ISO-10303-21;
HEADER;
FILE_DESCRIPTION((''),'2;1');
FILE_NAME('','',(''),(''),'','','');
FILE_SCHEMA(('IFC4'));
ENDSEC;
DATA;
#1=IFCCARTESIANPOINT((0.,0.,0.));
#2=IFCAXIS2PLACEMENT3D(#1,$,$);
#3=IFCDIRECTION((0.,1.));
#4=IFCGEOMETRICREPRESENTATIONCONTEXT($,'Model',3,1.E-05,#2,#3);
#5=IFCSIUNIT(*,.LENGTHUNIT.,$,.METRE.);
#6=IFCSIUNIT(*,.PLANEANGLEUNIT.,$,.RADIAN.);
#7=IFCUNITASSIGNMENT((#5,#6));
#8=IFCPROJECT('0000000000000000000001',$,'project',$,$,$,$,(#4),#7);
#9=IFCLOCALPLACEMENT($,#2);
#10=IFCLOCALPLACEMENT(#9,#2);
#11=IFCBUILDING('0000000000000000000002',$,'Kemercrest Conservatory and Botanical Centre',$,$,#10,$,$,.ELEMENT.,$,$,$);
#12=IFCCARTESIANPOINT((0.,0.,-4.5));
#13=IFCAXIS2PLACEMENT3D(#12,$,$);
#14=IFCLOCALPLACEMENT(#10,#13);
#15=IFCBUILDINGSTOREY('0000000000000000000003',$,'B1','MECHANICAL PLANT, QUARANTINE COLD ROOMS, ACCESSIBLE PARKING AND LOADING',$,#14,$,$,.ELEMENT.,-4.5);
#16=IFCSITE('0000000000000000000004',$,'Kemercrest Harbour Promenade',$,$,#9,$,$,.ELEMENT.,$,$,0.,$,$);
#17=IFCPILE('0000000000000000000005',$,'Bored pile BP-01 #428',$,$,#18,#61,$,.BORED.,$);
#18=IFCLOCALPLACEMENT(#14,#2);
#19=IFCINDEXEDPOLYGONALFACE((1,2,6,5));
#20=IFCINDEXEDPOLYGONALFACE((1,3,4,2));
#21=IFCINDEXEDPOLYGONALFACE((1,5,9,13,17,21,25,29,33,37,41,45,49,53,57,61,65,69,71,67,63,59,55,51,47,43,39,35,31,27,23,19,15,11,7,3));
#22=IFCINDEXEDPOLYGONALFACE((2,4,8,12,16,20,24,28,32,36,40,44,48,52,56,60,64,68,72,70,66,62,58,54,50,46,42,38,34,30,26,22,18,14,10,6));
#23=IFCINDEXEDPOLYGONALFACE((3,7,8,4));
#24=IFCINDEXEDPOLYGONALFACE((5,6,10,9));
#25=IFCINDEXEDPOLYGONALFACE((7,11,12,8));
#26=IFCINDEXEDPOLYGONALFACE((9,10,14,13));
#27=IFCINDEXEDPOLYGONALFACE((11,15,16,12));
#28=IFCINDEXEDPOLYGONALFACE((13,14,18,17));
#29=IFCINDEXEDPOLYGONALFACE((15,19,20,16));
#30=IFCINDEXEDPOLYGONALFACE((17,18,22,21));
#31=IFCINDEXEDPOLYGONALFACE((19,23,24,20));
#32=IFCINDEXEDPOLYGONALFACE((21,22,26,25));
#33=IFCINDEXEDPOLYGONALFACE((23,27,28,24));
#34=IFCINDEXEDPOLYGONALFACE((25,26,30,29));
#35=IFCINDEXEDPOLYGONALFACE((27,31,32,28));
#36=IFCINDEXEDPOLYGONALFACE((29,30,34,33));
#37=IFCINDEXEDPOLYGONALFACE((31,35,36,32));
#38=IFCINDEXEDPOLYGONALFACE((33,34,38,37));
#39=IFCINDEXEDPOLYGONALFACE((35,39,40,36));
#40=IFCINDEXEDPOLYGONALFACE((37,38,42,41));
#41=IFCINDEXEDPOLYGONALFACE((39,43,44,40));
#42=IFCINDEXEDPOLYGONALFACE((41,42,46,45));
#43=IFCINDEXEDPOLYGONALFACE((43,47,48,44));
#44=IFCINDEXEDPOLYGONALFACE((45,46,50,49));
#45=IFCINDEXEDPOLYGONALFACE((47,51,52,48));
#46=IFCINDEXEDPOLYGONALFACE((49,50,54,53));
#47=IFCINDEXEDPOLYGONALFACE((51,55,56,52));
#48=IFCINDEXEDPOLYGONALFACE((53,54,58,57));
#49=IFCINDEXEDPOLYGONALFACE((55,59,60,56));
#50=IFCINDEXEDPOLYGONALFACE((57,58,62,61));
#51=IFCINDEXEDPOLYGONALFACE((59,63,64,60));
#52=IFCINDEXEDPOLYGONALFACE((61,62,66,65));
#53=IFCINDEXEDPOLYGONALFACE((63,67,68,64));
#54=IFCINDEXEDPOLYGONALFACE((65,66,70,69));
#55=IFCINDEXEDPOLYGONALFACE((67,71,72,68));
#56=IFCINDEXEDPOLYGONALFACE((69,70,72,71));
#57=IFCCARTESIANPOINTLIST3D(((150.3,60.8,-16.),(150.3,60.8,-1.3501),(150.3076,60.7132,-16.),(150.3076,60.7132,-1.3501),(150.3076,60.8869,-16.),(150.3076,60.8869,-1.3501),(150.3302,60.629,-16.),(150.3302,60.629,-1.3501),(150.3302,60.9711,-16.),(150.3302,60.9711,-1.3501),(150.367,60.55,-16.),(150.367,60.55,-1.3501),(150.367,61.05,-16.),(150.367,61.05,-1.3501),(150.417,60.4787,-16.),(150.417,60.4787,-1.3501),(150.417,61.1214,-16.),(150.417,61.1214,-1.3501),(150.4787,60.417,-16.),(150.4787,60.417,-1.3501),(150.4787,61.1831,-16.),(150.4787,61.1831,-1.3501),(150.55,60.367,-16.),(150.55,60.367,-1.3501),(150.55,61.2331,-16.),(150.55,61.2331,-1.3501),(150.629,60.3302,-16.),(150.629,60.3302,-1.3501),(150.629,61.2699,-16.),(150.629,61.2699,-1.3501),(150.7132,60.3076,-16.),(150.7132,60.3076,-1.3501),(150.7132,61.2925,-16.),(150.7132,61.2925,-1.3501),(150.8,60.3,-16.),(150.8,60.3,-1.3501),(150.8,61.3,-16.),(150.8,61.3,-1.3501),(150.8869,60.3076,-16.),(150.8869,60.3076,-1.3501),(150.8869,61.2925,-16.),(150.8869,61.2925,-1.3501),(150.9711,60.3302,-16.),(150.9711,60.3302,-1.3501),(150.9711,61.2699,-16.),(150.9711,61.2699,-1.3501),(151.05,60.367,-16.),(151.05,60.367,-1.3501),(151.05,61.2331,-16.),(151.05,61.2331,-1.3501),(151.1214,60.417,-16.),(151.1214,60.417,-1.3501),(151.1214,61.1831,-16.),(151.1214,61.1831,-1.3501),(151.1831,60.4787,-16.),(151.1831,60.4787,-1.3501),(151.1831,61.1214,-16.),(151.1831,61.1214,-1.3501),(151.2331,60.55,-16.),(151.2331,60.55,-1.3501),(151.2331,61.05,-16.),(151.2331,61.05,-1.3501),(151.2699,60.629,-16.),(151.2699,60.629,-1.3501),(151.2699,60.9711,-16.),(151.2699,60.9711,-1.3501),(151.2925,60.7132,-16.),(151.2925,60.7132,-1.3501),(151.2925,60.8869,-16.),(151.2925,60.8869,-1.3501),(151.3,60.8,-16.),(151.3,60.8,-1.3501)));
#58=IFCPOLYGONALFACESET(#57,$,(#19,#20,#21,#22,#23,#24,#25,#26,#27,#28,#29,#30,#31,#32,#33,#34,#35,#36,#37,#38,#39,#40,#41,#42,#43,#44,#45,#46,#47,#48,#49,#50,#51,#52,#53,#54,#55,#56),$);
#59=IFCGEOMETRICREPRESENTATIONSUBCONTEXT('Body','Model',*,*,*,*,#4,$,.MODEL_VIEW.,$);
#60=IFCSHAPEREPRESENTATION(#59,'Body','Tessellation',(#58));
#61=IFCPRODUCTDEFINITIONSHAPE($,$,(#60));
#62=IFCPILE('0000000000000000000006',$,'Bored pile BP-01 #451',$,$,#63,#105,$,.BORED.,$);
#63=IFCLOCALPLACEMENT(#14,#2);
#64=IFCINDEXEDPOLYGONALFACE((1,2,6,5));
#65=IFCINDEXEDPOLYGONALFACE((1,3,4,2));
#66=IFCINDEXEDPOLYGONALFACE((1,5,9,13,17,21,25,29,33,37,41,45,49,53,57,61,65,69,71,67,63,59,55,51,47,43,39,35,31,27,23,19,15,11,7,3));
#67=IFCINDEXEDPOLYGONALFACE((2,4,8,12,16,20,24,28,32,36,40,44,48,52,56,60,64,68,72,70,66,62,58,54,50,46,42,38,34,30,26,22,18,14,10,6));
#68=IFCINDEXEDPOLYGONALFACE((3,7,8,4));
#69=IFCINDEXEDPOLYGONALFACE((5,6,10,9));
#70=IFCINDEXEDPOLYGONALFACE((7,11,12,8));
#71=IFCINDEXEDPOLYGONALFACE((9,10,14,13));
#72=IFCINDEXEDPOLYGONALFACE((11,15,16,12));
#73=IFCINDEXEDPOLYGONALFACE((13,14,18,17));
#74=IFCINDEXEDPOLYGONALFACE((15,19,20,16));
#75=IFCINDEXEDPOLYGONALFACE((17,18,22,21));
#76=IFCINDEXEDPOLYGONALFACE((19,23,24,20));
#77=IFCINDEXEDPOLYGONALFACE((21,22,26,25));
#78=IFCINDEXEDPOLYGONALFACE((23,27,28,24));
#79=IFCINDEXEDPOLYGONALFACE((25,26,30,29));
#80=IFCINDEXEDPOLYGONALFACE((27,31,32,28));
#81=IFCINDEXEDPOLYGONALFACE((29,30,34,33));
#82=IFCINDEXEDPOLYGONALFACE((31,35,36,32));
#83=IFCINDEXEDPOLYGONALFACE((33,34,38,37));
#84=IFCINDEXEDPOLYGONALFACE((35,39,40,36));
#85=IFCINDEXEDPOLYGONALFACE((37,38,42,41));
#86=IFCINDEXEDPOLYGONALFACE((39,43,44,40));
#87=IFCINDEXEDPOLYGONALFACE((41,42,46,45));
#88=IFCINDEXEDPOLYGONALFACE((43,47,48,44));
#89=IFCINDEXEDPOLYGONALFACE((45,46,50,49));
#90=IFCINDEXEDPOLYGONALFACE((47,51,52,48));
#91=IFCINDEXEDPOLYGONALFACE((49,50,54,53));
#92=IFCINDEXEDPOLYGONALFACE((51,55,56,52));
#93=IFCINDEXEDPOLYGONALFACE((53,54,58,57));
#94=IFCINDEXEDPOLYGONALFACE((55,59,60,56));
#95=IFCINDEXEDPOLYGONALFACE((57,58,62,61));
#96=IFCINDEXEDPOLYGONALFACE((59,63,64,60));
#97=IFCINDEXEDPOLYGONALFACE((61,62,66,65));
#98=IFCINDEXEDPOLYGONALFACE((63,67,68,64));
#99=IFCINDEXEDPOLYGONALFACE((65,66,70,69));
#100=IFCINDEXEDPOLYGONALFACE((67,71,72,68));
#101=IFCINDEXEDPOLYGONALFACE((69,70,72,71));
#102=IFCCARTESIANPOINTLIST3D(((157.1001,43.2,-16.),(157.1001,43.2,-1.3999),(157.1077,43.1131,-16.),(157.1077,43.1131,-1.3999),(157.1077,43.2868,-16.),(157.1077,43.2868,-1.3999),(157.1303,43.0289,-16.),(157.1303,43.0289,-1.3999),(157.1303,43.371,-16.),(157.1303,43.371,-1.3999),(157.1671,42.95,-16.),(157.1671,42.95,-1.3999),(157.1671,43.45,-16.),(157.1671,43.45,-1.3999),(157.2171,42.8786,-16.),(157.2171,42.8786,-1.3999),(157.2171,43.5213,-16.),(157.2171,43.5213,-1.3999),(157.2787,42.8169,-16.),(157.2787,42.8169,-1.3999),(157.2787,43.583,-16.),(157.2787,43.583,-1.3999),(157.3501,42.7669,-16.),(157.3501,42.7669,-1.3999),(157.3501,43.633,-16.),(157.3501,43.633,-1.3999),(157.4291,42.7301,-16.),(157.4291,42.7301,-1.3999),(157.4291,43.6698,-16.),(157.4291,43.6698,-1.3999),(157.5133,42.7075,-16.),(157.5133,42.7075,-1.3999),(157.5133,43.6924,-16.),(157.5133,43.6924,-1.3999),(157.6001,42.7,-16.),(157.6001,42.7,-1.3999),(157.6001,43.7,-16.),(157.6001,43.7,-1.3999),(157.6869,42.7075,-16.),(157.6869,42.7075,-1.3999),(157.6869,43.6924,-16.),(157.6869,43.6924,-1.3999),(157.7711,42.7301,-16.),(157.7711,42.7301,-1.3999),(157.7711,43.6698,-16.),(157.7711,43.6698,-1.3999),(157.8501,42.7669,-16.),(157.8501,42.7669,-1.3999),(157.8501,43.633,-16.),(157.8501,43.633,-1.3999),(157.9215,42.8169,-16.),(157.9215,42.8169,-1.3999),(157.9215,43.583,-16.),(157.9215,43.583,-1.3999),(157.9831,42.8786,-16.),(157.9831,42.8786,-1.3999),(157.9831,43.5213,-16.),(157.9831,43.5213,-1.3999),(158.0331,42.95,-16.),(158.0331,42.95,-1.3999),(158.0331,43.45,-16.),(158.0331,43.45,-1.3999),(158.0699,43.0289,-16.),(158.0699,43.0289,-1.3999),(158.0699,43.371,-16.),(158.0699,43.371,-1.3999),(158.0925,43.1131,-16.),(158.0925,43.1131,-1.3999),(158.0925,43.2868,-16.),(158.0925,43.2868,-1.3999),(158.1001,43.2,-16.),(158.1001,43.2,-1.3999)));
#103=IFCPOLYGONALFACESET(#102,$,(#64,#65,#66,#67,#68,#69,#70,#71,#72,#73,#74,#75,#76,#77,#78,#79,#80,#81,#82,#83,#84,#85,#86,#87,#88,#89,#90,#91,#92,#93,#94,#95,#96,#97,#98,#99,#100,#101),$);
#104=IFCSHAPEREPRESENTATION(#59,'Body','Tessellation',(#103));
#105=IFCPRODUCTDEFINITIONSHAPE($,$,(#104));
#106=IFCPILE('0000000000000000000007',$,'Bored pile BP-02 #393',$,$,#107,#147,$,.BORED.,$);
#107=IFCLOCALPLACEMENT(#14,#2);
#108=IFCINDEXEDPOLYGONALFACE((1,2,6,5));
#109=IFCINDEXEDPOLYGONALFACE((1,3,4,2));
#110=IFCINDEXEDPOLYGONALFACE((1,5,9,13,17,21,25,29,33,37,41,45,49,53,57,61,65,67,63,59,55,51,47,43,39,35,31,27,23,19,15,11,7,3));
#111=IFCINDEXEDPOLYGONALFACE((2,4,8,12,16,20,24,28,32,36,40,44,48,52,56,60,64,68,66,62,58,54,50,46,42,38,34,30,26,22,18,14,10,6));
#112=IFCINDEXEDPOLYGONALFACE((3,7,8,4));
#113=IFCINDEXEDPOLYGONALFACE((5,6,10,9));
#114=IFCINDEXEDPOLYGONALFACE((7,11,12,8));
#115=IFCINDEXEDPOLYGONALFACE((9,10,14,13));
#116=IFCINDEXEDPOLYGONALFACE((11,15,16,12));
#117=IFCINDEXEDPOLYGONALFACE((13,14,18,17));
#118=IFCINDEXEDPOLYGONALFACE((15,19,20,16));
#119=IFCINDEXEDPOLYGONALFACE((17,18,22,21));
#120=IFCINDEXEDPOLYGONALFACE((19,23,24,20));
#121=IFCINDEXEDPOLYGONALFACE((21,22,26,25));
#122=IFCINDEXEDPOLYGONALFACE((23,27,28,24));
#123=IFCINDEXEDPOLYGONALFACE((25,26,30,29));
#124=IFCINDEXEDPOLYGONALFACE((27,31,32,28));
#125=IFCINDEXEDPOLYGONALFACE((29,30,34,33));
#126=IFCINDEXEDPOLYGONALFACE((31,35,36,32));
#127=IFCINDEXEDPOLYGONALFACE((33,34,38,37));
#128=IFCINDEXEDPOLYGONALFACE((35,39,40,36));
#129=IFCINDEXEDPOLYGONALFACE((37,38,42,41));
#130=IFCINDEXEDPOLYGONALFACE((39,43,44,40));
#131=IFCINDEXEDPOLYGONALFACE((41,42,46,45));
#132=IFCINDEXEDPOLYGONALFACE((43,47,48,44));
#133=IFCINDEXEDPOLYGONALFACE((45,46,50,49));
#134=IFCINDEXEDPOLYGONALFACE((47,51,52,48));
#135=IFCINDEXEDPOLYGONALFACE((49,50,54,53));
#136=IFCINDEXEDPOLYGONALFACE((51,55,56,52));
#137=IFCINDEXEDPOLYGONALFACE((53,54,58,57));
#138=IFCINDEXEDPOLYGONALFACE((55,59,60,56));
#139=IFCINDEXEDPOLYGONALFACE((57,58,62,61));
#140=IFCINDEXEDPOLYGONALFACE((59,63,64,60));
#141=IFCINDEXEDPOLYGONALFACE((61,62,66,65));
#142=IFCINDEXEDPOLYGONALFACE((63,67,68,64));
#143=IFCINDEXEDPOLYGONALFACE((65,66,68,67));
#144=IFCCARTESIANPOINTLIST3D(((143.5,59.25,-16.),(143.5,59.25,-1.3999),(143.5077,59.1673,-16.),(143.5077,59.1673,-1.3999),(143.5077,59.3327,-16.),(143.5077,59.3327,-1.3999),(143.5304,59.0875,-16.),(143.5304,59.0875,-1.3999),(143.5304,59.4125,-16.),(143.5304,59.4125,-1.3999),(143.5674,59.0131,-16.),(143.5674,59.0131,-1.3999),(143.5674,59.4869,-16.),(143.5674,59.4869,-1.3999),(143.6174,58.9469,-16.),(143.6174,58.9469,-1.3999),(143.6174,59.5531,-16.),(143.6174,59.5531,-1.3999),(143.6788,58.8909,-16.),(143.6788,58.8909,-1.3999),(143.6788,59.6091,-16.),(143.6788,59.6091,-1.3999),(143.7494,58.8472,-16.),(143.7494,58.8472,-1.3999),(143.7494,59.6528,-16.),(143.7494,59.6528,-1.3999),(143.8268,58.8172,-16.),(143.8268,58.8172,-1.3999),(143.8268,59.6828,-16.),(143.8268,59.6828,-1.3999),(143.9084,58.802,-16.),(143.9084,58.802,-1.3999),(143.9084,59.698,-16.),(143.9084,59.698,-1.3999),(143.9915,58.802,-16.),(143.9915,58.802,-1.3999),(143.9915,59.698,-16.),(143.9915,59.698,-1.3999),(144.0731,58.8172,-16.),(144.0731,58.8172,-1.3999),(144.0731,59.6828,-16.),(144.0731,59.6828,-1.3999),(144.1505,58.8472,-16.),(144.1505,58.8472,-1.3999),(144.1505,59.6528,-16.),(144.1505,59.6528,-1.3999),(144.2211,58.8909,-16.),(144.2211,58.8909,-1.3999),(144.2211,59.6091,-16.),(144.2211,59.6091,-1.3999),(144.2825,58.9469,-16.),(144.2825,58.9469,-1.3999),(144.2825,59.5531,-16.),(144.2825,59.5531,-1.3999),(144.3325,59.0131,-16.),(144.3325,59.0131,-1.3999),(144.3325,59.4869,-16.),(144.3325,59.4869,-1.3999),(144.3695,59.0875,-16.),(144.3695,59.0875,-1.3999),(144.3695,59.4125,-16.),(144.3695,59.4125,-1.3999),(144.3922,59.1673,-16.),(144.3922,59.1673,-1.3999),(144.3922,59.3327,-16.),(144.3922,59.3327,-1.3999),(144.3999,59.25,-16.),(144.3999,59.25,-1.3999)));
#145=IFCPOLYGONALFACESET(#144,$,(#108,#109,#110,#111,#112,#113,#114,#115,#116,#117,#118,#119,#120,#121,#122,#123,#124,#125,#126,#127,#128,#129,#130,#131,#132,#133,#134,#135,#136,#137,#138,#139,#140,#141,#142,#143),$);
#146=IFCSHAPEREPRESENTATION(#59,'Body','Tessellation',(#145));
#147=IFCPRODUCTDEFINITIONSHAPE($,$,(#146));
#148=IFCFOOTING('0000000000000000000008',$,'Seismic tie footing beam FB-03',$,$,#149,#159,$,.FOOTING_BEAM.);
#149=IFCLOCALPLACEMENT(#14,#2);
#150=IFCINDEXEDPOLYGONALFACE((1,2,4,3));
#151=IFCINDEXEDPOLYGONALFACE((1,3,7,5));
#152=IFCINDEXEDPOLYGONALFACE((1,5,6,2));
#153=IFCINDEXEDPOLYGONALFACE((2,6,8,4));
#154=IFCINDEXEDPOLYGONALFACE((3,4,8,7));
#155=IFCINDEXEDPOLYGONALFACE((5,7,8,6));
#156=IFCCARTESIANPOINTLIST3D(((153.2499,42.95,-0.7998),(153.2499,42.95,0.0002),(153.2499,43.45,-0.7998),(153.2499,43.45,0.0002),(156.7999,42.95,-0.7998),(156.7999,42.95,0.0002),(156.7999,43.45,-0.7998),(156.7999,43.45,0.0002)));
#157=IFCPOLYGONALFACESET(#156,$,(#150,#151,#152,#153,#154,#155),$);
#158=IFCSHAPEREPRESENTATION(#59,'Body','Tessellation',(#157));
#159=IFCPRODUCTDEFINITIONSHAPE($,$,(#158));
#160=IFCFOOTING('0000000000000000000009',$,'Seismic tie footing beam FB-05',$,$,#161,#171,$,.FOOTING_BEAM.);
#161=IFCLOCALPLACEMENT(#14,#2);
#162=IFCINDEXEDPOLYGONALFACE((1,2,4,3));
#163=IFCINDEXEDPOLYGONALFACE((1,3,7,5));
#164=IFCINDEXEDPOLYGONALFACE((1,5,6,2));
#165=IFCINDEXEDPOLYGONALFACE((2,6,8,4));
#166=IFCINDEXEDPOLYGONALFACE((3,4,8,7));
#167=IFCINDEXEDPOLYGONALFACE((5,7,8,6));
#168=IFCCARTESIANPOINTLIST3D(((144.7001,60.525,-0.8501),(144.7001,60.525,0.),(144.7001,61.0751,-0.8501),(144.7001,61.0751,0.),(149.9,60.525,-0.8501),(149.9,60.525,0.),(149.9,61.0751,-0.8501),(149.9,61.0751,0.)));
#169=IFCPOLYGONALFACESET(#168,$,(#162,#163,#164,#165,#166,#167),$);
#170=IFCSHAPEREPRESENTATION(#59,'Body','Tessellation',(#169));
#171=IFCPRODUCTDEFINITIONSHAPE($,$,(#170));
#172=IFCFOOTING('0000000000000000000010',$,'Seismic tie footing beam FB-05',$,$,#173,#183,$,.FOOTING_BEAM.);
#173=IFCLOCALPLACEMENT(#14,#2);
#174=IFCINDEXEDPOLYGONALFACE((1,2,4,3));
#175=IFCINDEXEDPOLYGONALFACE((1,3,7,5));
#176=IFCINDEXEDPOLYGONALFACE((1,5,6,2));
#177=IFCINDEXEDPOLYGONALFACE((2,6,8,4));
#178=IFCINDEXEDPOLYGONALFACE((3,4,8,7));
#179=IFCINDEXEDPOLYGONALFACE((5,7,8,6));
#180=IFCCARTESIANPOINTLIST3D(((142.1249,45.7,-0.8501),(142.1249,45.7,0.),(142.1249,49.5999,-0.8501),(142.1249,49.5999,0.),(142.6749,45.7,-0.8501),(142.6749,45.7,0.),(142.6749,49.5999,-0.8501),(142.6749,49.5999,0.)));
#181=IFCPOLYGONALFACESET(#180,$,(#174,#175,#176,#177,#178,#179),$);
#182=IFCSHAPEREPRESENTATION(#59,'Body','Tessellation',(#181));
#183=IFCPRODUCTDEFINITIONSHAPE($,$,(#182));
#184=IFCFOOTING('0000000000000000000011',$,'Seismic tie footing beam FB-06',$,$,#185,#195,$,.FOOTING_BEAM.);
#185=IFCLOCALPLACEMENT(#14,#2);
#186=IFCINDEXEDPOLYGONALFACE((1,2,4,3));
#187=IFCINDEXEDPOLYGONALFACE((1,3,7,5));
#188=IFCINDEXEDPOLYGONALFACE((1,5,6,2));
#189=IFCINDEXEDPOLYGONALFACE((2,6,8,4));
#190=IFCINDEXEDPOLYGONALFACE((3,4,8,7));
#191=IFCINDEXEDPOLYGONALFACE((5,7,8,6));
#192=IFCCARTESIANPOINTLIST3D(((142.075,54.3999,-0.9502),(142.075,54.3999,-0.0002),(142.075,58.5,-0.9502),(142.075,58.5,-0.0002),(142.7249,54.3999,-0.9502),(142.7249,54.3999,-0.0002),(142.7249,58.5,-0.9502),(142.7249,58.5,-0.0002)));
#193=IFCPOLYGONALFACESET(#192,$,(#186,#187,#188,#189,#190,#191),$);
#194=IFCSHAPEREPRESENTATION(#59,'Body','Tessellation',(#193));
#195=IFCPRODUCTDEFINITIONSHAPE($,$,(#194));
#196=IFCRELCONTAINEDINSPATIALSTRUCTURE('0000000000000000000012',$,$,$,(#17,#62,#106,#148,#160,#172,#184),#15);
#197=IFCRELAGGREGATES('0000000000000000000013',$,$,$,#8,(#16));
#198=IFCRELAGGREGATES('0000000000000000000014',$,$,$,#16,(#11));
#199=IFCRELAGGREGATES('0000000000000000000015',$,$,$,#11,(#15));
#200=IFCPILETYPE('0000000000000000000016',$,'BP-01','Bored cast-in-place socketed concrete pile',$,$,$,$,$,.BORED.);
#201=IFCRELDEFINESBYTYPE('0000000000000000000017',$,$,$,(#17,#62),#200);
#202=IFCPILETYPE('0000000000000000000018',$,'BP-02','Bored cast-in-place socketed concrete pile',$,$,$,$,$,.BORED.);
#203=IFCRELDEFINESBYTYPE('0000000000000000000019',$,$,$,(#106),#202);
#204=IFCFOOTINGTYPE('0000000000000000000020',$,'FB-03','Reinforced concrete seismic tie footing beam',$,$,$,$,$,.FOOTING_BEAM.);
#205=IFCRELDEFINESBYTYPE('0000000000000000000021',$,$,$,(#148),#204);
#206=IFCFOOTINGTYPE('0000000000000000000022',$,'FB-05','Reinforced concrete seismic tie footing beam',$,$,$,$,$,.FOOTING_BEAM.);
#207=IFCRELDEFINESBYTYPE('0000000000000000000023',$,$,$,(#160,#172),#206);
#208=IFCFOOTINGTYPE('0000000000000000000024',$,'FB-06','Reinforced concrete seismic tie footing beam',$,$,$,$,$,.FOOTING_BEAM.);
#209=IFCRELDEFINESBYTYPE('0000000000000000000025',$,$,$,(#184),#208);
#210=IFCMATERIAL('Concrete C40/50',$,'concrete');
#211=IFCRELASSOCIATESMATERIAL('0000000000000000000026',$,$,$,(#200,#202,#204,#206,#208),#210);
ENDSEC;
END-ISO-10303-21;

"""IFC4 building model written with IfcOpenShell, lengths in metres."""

from ifc_helpers import new_model, si_unit, direction, frame, origin, origin_2d, place, context, subcontext, project, spatial, rectangle, circle, extrude, material, material_profile, profile_set, type_object, element, save


model = new_model("IFC4")

# Units and contexts
model_context = context("Model", 3, precision=1e-05, world=origin(), true_north=direction((0.0, 1.0)))
body_context = subcontext(model_context, "Body", "Model", "MODEL_VIEW")
ifc_project = project(units=[si_unit("LENGTHUNIT", "METRE"), si_unit("PLANEANGLEUNIT", "RADIAN")], contexts=[model_context])

# Site, building, storey
site_placement = place(None, origin())
site = spatial("IfcSite", under=ifc_project, at=site_placement, Name="Kemercrest Harbour Promenade", CompositionType="ELEMENT", RefElevation=0.0)
building_placement = place(site_placement, origin())
building = spatial("IfcBuilding", under=site, at=building_placement, Name="Kemercrest Conservatory and Botanical Centre", CompositionType="ELEMENT")
storey_placement = place(building_placement, frame((0.0, 0.0, -4.5)))
storey = spatial("IfcBuildingStorey", under=building, at=storey_placement, Name="B1", Description="MECHANICAL PLANT, QUARANTINE COLD ROOMS, ACCESSIBLE PARKING AND LOADING", CompositionType="ELEMENT", Elevation=-4.5)

# Piles
ifc_material_1 = material(Name="Concrete C40/50", Category="concrete")
ifc_material_profile_1 = material_profile(ifc_material_1, circle(Radius=0.5, at=origin_2d()), Name="BORED PILE 1000")
ifc_profile_set_1 = profile_set([ifc_material_profile_1], Name="Concrete C40/50")
pile_type_1 = type_object("IfcPileType", Name="BP-01", Description="Bored cast-in-place socketed concrete pile", PredefinedType="BORED", material=ifc_profile_set_1)
pile_1_placement = place(storey_placement, frame((150.8, 60.8, -1.3501), z_axis=(0.0, 0.0, -1.0), x_axis=(1.0, 0.0, 0.0)))
element("IfcPile", 1, at=pile_1_placement, inside=storey, type_object=pile_type_1, Name="Bored pile BP-01 #428", PredefinedType="BORED", context=body_context, shape_type="SweptSolid", body=[
    extrude(circle(Radius=0.5, at=origin_2d()), origin(), (0.0, 0.0, 1.0), 14.6499),
])
pile_2_placement = place(storey_placement, frame((157.6001, 43.2, -1.3999), z_axis=(0.0, 0.0, -1.0), x_axis=(1.0, 0.0, 0.0)))
element("IfcPile", 2, at=pile_2_placement, inside=storey, type_object=pile_type_1, Name="Bored pile BP-01 #451", PredefinedType="BORED", context=body_context, shape_type="SweptSolid", body=[
    extrude(circle(Radius=0.5, at=origin_2d()), origin(), (0.0, 0.0, 1.0), 14.6001),
])
ifc_material_profile_2 = material_profile(ifc_material_1, circle(Radius=0.45, at=origin_2d()), Name="BORED PILE 900")
ifc_profile_set_2 = profile_set([ifc_material_profile_2], Name="Concrete C40/50")
pile_type_2 = type_object("IfcPileType", Name="BP-02", Description="Bored cast-in-place socketed concrete pile", PredefinedType="BORED", material=ifc_profile_set_2)
pile_3_placement = place(storey_placement, frame((143.95, 59.25, -1.3999), z_axis=(0.0, 0.0, -1.0), x_axis=(1.0, 0.0, 0.0)))
element("IfcPile", 3, at=pile_3_placement, inside=storey, type_object=pile_type_2, Name="Bored pile BP-02 #393", PredefinedType="BORED", context=body_context, shape_type="SweptSolid", body=[
    extrude(circle(Radius=0.45, at=origin_2d()), origin(), (0.0, 0.0, 1.0), 14.6001),
])

# Footings
footing_type_1 = type_object("IfcFootingType", Name="FB-03", Description="Reinforced concrete seismic tie footing beam", PredefinedType="FOOTING_BEAM", material=ifc_material_1)
footing_1_placement = place(storey_placement, frame((155.0249, 43.2, -0.7998), z_axis=(0.0, 0.0, 1.0), x_axis=(1.0, 0.0, 0.0)))
element("IfcFooting", 4, at=footing_1_placement, inside=storey, type_object=footing_type_1, Name="Seismic tie footing beam FB-03", PredefinedType="FOOTING_BEAM", context=body_context, shape_type="SweptSolid", body=[
    extrude(rectangle(XDim=3.55, YDim=0.5, at=origin_2d()), origin(), (0.0, 0.0, 1.0), 0.8),
])
footing_type_2 = type_object("IfcFootingType", Name="FB-05", Description="Reinforced concrete seismic tie footing beam", PredefinedType="FOOTING_BEAM", material=ifc_material_1)
footing_2_placement = place(storey_placement, frame((147.3, 60.8, -0.8501), z_axis=(0.0, 0.0, 1.0), x_axis=(1.0, 0.0, 0.0)))
element("IfcFooting", 5, at=footing_2_placement, inside=storey, type_object=footing_type_2, Name="Seismic tie footing beam FB-05", PredefinedType="FOOTING_BEAM", context=body_context, shape_type="SweptSolid", body=[
    extrude(rectangle(XDim=5.2, YDim=0.55, at=origin_2d()), origin(), (0.0, 0.0, 1.0), 0.8501),
])
footing_3_placement = place(storey_placement, frame((142.3999, 47.6499, -0.8501), z_axis=(0.0, 0.0, 1.0), x_axis=(1.0, 0.0, 0.0)))
element("IfcFooting", 6, at=footing_3_placement, inside=storey, type_object=footing_type_2, Name="Seismic tie footing beam FB-05", PredefinedType="FOOTING_BEAM", context=body_context, shape_type="SweptSolid", body=[
    extrude(rectangle(XDim=0.55, YDim=3.8999, at=origin_2d()), origin(), (0.0, 0.0, 1.0), 0.8501),
])
footing_type_3 = type_object("IfcFootingType", Name="FB-06", Description="Reinforced concrete seismic tie footing beam", PredefinedType="FOOTING_BEAM", material=ifc_material_1)
footing_4_placement = place(storey_placement, frame((142.3999, 56.45, -0.9502), z_axis=(0.0, 0.0, 1.0), x_axis=(1.0, 0.0, 0.0)))
element("IfcFooting", 7, at=footing_4_placement, inside=storey, type_object=footing_type_3, Name="Seismic tie footing beam FB-06", PredefinedType="FOOTING_BEAM", context=body_context, shape_type="SweptSolid", body=[
    extrude(rectangle(XDim=0.6499, YDim=4.1001, at=origin_2d()), origin(), (0.0, 0.0, 1.0), 0.95),
])

save(model, "model.ifc")
